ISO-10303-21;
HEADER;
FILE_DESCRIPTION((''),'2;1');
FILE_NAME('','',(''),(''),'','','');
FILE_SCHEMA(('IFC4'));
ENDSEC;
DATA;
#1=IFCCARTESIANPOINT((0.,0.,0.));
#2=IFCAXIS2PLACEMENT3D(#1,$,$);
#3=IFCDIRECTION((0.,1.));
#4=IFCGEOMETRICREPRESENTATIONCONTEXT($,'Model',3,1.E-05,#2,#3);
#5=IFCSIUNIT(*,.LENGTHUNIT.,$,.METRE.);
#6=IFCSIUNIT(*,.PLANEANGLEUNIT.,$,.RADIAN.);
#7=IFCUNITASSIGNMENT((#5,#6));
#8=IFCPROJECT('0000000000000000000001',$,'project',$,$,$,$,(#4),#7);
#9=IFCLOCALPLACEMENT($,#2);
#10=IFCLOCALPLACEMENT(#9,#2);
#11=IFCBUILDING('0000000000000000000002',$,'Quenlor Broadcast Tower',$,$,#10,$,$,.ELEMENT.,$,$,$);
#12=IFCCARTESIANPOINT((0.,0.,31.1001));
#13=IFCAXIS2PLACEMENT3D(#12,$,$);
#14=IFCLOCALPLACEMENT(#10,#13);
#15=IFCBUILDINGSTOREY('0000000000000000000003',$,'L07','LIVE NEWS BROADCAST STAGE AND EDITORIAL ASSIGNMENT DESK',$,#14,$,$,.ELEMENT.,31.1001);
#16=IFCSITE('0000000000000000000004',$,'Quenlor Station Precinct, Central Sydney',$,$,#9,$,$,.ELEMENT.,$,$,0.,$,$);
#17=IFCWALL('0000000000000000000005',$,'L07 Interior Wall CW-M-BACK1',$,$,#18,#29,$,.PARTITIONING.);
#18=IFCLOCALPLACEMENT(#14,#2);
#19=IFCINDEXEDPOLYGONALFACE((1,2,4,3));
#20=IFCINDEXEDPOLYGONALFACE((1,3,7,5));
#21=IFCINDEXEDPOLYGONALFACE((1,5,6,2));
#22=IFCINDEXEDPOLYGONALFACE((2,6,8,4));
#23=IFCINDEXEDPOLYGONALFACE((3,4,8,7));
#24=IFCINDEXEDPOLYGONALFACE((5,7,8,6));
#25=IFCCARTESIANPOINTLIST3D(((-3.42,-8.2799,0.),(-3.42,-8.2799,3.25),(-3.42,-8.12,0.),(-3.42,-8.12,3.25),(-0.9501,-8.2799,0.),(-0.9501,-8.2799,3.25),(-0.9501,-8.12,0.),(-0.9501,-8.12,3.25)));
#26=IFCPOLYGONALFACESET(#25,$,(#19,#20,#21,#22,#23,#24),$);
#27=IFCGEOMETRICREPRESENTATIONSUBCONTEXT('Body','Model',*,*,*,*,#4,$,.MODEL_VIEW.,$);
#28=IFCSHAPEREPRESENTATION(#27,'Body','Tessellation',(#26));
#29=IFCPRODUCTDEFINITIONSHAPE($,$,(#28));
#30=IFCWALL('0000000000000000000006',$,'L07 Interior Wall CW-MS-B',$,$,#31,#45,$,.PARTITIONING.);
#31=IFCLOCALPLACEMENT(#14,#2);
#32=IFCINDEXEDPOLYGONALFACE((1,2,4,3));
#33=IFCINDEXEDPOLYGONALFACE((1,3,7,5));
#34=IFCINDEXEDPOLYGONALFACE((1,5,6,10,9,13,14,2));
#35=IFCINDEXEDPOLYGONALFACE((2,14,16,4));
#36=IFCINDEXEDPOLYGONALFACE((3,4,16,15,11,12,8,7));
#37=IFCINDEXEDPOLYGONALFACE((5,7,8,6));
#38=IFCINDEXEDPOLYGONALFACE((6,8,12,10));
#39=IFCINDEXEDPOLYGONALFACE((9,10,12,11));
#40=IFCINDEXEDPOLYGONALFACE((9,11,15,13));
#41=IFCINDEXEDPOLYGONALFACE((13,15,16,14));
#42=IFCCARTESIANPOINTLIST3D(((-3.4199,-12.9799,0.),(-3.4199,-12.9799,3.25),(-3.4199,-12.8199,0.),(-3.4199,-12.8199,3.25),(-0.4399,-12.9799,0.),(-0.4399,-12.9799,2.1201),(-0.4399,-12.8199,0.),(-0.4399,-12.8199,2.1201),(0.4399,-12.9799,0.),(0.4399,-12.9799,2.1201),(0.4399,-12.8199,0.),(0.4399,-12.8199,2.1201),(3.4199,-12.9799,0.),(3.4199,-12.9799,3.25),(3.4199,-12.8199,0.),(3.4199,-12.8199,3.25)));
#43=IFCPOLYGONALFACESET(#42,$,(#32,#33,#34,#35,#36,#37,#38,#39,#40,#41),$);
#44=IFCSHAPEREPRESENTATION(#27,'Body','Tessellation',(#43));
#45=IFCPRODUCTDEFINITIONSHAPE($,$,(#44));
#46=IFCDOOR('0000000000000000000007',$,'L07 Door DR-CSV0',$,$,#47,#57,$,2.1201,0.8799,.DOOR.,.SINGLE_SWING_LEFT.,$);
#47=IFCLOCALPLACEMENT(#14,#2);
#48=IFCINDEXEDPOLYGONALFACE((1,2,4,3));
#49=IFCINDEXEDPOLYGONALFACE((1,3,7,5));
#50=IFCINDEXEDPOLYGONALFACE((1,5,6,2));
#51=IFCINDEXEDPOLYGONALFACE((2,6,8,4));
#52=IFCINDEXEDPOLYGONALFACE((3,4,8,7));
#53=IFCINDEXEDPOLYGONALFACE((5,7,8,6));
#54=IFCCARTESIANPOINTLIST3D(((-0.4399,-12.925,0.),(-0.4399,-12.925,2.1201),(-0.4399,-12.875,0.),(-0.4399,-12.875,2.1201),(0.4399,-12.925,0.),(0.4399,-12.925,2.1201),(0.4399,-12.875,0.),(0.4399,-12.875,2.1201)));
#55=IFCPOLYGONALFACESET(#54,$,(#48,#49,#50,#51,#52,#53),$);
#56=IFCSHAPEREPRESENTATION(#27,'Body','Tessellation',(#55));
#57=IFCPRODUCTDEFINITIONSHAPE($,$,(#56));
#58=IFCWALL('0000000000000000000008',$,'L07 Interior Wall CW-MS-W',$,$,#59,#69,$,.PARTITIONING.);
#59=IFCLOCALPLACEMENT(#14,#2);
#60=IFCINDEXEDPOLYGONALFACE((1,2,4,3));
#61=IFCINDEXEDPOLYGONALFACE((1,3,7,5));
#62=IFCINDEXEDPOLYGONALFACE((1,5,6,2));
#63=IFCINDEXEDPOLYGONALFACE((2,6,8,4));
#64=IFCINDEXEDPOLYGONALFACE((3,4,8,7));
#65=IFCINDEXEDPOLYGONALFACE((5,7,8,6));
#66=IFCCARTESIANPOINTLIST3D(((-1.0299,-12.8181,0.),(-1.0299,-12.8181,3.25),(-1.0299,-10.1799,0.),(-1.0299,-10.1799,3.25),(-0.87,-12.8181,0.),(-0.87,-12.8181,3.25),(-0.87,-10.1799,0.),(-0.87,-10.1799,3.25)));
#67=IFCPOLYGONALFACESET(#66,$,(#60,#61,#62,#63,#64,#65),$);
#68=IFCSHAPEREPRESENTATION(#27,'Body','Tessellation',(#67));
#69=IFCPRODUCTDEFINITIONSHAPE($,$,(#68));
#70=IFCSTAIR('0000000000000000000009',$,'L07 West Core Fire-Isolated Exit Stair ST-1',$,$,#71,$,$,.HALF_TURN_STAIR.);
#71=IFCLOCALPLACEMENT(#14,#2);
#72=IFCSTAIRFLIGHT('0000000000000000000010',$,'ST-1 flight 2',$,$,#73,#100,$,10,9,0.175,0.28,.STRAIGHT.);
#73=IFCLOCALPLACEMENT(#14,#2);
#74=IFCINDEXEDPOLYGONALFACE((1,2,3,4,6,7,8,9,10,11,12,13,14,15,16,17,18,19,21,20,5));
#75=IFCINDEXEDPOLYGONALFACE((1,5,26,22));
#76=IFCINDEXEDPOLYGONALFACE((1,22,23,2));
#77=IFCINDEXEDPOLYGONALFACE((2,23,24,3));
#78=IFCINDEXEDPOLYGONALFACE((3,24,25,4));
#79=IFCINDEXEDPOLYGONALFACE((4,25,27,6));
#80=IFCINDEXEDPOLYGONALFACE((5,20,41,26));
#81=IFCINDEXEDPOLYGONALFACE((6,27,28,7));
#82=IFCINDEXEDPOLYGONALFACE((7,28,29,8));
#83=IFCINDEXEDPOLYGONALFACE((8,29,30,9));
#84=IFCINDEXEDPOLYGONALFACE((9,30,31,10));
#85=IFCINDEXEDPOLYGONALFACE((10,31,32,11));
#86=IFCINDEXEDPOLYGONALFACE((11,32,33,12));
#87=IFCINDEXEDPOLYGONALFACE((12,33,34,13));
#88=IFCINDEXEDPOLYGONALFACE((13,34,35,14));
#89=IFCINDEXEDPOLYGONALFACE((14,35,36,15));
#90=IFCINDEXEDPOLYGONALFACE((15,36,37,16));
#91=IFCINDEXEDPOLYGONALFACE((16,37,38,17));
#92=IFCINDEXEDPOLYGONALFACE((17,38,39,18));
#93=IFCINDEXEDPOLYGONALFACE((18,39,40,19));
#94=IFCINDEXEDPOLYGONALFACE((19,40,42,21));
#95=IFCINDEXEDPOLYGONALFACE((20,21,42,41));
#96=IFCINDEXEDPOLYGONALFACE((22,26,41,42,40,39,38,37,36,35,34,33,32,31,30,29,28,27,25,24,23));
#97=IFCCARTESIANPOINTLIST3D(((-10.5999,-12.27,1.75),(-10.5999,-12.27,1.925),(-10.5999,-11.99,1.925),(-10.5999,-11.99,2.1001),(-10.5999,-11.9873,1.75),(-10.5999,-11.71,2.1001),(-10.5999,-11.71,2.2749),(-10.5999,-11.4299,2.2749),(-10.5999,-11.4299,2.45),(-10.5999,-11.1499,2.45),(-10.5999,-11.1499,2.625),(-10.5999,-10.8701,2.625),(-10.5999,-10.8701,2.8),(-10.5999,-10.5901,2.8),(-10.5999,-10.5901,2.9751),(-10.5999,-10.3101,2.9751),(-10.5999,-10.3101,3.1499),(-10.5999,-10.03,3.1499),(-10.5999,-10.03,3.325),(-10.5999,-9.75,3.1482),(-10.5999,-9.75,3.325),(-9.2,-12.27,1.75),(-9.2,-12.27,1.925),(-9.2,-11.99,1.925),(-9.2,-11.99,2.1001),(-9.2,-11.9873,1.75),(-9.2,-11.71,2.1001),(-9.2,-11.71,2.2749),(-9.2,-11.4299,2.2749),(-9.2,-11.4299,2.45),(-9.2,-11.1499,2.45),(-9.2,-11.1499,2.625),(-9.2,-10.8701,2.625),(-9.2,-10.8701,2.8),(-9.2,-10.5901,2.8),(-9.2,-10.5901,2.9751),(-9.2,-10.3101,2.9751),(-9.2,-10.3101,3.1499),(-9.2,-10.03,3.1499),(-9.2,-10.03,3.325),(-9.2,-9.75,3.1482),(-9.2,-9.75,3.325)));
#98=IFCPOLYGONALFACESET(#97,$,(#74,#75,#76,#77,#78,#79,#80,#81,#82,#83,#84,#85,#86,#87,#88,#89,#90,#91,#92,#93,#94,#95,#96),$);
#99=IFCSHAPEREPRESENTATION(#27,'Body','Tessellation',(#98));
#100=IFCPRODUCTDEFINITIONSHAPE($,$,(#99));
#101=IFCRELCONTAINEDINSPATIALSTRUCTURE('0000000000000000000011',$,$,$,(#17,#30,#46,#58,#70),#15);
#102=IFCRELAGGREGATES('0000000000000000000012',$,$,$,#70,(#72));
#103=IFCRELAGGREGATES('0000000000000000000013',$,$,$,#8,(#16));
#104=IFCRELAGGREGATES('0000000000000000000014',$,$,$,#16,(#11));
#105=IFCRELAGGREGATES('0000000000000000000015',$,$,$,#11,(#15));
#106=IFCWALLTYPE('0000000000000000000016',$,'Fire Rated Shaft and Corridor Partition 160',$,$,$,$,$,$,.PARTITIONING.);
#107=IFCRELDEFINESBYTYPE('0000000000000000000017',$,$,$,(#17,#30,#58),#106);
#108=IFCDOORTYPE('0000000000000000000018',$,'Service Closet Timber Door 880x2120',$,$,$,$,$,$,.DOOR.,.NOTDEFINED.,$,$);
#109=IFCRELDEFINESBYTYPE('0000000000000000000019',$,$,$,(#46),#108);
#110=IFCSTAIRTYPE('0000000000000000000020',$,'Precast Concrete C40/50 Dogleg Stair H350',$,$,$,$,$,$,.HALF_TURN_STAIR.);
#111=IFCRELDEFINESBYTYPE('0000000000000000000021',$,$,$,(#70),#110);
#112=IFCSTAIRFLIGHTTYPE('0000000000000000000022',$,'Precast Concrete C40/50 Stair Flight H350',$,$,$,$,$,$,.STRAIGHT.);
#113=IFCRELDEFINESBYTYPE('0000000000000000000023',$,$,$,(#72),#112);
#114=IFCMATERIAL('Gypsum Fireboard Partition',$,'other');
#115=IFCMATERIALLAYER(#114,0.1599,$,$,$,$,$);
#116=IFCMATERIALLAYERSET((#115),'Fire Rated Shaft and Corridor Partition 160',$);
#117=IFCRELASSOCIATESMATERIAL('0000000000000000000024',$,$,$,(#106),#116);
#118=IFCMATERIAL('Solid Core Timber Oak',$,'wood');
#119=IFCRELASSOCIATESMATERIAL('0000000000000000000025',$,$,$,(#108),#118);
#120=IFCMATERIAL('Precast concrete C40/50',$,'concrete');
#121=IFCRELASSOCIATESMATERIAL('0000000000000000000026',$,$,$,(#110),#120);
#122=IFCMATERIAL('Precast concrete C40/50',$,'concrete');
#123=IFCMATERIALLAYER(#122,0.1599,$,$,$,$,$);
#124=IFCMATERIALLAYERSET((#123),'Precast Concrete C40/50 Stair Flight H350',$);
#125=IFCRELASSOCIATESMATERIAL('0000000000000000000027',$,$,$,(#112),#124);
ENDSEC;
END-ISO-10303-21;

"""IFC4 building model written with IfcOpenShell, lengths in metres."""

from ifc_helpers import new_model, si_unit, direction, frame, frame_2d, origin, place, context, subcontext, project, spatial, polyline, rectangle, outline, extrude, material, layer, layer_set, type_object, element, fill, aggregate, save


model = new_model("IFC4")

# Units and contexts
model_context = context("Model", 3, precision=1e-05, world=origin(), true_north=direction((0.0, 1.0)))
body_context = subcontext(model_context, "Body", "Model", "MODEL_VIEW")
ifc_project = project(units=[si_unit("LENGTHUNIT", "METRE"), si_unit("PLANEANGLEUNIT", "RADIAN")], contexts=[model_context])

# Site, building, storey
site_placement = place(None, origin())
site = spatial("IfcSite", under=ifc_project, at=site_placement, Name="Quenlor Station Precinct, Central Sydney", CompositionType="ELEMENT", RefElevation=0.0)
building_placement = place(site_placement, origin())
building = spatial("IfcBuilding", under=site, at=building_placement, Name="Quenlor Broadcast Tower", CompositionType="ELEMENT")
storey_placement = place(building_placement, frame((0.0, 0.0, 31.1001)))
storey = spatial("IfcBuildingStorey", under=building, at=storey_placement, Name="L07", Description="LIVE NEWS BROADCAST STAGE AND EDITORIAL ASSIGNMENT DESK", CompositionType="ELEMENT", Elevation=31.1001)

# Wall
ifc_material_1 = material(Name="Gypsum Fireboard Partition", Category="other")
ifc_layer_1 = layer(ifc_material_1, 0.1599)
ifc_layer_set_1 = layer_set([ifc_layer_1], Name="Fire Rated Shaft and Corridor Partition 160")
wall_type_1 = type_object("IfcWallType", Name="Fire Rated Shaft and Corridor Partition 160", PredefinedType="PARTITIONING", material=ifc_layer_set_1)
wall_1_placement = place(storey_placement, frame((-3.4199, -8.2, 0.0), z_axis=(0.0, 0.0, 1.0), x_axis=(1.0, 0.0, 0.0)))
element("IfcWall", 1, at=wall_1_placement, inside=storey, type_object=wall_type_1, Name="L07 Interior Wall CW-M-BACK1", PredefinedType="PARTITIONING", context=body_context, shape_type="SweptSolid", body=[
    extrude(rectangle(XDim=2.47, YDim=0.1599, at=frame_2d((1.2349, 0.0))), origin(), (0.0, 0.0, 1.0), 3.25),
])

# Wall, opening, door
wall_2_placement = place(storey_placement, frame((-3.4199, -12.8999, 0.0), z_axis=(0.0, 0.0, 1.0), x_axis=(1.0, 0.0, 0.0)))
wall_2 = element("IfcWall", 2, at=wall_2_placement, inside=storey, type_object=wall_type_1, Name="L07 Interior Wall CW-MS-B", PredefinedType="PARTITIONING", context=body_context, shape_type="SweptSolid", body=[
    extrude(rectangle(XDim=6.8398, YDim=0.1599, at=frame_2d((3.4199, 0.0))), origin(), (0.0, 0.0, 1.0), 3.25),
])
opening_1_placement = place(wall_2_placement, frame((2.98, 0.0, 0.0)))
opening_1 = element("IfcOpeningElement", 3, at=opening_1_placement, cuts=wall_2, PredefinedType="OPENING", context=body_context, shape_type="SweptSolid", body=[
    extrude(rectangle(XDim=0.8799, YDim=2.1201, at=frame_2d((0.4399, 1.0601))), frame((0.0, 0.0898, 0.0), z_axis=(0.0, -1.0, 0.0), x_axis=(1.0, 0.0, 0.0)), (0.0, 0.0, 1.0), 0.1799),
])
ifc_material_2 = material(Name="Solid Core Timber Oak", Category="wood")
door_type_1 = type_object("IfcDoorType", Name="Service Closet Timber Door 880x2120", OperationType="NOTDEFINED", PredefinedType="DOOR", material=ifc_material_2)
door_1_placement = place(opening_1_placement, origin())
door_1 = element("IfcDoor", 4, at=door_1_placement, inside=storey, type_object=door_type_1, Name="L07 Door DR-CSV0", OperationType="SINGLE_SWING_LEFT", OverallHeight=2.1201, OverallWidth=0.8799, PredefinedType="DOOR", context=body_context, shape_type="SweptSolid", body=[
    extrude(rectangle(XDim=0.8799, YDim=2.1201, at=frame_2d((0.4399, 1.0601))), frame((0.0, 0.0249, 0.0), z_axis=(0.0, -1.0, 0.0), x_axis=(1.0, 0.0, 0.0)), (0.0, 0.0, 1.0), 0.05),
])
fill(opening_1, door_1)

# Wall
wall_3_placement = place(storey_placement, frame((-0.95, -12.8181, 0.0), z_axis=(0.0, 0.0, 1.0), x_axis=(0.0, 1.0, 0.0)))
element("IfcWall", 5, at=wall_3_placement, inside=storey, type_object=wall_type_1, Name="L07 Interior Wall CW-MS-W", PredefinedType="PARTITIONING", context=body_context, shape_type="SweptSolid", body=[
    extrude(rectangle(XDim=2.6382, YDim=0.1599, at=frame_2d((1.3191, 0.0))), origin(), (0.0, 0.0, 1.0), 3.25),
])

# Stair, stair flight
ifc_material_3 = material(Name="Precast concrete C40/50", Category="concrete")
stair_type = type_object("IfcStairType", Name="Precast Concrete C40/50 Dogleg Stair H350", PredefinedType="HALF_TURN_STAIR", material=ifc_material_3)
stair_placement = place(storey_placement, origin())
stair = element("IfcStair", 6, at=stair_placement, inside=storey, type_object=stair_type, Name="L07 West Core Fire-Isolated Exit Stair ST-1", PredefinedType="HALF_TURN_STAIR")
ifc_material_4 = material(Name="Precast concrete C40/50", Category="concrete")
ifc_layer_2 = layer(ifc_material_4, 0.1599)
ifc_layer_set_2 = layer_set([ifc_layer_2], Name="Precast Concrete C40/50 Stair Flight H350")
stair_flight_type = type_object("IfcStairFlightType", Name="Precast Concrete C40/50 Stair Flight H350", PredefinedType="STRAIGHT", material=ifc_layer_set_2)
stair_flight_placement = place(storey_placement, frame((-9.8999, -12.27, 1.75), z_axis=(0.0, 0.0, 1.0), x_axis=(0.0, 1.0, 0.0)))
stair_flight = element("IfcStairFlight", 7, at=stair_flight_placement, type_object=stair_flight_type, Name="ST-1 flight 2", NumberOfRisers=10, NumberOfTreads=9, PredefinedType="STRAIGHT", RiserHeight=0.175, TreadLength=0.28, context=body_context, shape_type="SweptSolid", body=[
    extrude(outline(polyline([(0.0, 0.0), (0.0, 0.175), (0.28, 0.175), (0.28, 0.3501), (0.5601, 0.3501), (0.5601, 0.5249), (0.8401, 0.5249), (0.8401, 0.7), (1.1201, 0.7), (1.1201, 0.875), (1.3999, 0.875), (1.3999, 1.05), (1.6799, 1.05), (1.6799, 1.2251), (1.96, 1.2251), (1.96, 1.3999), (2.24, 1.3999), (2.24, 1.575), (2.52, 1.575), (2.52, 1.75), (2.52, 1.3982), (0.2827, 0.0), (0.0, 0.0)])), frame((0.0, 0.7, 0.0), z_axis=(0.0, -1.0, 0.0), x_axis=(1.0, 0.0, 0.0)), (0.0, 0.0, 1.0), 1.3999),
])
aggregate(stair, [stair_flight])

save(model, "model.ifc")
